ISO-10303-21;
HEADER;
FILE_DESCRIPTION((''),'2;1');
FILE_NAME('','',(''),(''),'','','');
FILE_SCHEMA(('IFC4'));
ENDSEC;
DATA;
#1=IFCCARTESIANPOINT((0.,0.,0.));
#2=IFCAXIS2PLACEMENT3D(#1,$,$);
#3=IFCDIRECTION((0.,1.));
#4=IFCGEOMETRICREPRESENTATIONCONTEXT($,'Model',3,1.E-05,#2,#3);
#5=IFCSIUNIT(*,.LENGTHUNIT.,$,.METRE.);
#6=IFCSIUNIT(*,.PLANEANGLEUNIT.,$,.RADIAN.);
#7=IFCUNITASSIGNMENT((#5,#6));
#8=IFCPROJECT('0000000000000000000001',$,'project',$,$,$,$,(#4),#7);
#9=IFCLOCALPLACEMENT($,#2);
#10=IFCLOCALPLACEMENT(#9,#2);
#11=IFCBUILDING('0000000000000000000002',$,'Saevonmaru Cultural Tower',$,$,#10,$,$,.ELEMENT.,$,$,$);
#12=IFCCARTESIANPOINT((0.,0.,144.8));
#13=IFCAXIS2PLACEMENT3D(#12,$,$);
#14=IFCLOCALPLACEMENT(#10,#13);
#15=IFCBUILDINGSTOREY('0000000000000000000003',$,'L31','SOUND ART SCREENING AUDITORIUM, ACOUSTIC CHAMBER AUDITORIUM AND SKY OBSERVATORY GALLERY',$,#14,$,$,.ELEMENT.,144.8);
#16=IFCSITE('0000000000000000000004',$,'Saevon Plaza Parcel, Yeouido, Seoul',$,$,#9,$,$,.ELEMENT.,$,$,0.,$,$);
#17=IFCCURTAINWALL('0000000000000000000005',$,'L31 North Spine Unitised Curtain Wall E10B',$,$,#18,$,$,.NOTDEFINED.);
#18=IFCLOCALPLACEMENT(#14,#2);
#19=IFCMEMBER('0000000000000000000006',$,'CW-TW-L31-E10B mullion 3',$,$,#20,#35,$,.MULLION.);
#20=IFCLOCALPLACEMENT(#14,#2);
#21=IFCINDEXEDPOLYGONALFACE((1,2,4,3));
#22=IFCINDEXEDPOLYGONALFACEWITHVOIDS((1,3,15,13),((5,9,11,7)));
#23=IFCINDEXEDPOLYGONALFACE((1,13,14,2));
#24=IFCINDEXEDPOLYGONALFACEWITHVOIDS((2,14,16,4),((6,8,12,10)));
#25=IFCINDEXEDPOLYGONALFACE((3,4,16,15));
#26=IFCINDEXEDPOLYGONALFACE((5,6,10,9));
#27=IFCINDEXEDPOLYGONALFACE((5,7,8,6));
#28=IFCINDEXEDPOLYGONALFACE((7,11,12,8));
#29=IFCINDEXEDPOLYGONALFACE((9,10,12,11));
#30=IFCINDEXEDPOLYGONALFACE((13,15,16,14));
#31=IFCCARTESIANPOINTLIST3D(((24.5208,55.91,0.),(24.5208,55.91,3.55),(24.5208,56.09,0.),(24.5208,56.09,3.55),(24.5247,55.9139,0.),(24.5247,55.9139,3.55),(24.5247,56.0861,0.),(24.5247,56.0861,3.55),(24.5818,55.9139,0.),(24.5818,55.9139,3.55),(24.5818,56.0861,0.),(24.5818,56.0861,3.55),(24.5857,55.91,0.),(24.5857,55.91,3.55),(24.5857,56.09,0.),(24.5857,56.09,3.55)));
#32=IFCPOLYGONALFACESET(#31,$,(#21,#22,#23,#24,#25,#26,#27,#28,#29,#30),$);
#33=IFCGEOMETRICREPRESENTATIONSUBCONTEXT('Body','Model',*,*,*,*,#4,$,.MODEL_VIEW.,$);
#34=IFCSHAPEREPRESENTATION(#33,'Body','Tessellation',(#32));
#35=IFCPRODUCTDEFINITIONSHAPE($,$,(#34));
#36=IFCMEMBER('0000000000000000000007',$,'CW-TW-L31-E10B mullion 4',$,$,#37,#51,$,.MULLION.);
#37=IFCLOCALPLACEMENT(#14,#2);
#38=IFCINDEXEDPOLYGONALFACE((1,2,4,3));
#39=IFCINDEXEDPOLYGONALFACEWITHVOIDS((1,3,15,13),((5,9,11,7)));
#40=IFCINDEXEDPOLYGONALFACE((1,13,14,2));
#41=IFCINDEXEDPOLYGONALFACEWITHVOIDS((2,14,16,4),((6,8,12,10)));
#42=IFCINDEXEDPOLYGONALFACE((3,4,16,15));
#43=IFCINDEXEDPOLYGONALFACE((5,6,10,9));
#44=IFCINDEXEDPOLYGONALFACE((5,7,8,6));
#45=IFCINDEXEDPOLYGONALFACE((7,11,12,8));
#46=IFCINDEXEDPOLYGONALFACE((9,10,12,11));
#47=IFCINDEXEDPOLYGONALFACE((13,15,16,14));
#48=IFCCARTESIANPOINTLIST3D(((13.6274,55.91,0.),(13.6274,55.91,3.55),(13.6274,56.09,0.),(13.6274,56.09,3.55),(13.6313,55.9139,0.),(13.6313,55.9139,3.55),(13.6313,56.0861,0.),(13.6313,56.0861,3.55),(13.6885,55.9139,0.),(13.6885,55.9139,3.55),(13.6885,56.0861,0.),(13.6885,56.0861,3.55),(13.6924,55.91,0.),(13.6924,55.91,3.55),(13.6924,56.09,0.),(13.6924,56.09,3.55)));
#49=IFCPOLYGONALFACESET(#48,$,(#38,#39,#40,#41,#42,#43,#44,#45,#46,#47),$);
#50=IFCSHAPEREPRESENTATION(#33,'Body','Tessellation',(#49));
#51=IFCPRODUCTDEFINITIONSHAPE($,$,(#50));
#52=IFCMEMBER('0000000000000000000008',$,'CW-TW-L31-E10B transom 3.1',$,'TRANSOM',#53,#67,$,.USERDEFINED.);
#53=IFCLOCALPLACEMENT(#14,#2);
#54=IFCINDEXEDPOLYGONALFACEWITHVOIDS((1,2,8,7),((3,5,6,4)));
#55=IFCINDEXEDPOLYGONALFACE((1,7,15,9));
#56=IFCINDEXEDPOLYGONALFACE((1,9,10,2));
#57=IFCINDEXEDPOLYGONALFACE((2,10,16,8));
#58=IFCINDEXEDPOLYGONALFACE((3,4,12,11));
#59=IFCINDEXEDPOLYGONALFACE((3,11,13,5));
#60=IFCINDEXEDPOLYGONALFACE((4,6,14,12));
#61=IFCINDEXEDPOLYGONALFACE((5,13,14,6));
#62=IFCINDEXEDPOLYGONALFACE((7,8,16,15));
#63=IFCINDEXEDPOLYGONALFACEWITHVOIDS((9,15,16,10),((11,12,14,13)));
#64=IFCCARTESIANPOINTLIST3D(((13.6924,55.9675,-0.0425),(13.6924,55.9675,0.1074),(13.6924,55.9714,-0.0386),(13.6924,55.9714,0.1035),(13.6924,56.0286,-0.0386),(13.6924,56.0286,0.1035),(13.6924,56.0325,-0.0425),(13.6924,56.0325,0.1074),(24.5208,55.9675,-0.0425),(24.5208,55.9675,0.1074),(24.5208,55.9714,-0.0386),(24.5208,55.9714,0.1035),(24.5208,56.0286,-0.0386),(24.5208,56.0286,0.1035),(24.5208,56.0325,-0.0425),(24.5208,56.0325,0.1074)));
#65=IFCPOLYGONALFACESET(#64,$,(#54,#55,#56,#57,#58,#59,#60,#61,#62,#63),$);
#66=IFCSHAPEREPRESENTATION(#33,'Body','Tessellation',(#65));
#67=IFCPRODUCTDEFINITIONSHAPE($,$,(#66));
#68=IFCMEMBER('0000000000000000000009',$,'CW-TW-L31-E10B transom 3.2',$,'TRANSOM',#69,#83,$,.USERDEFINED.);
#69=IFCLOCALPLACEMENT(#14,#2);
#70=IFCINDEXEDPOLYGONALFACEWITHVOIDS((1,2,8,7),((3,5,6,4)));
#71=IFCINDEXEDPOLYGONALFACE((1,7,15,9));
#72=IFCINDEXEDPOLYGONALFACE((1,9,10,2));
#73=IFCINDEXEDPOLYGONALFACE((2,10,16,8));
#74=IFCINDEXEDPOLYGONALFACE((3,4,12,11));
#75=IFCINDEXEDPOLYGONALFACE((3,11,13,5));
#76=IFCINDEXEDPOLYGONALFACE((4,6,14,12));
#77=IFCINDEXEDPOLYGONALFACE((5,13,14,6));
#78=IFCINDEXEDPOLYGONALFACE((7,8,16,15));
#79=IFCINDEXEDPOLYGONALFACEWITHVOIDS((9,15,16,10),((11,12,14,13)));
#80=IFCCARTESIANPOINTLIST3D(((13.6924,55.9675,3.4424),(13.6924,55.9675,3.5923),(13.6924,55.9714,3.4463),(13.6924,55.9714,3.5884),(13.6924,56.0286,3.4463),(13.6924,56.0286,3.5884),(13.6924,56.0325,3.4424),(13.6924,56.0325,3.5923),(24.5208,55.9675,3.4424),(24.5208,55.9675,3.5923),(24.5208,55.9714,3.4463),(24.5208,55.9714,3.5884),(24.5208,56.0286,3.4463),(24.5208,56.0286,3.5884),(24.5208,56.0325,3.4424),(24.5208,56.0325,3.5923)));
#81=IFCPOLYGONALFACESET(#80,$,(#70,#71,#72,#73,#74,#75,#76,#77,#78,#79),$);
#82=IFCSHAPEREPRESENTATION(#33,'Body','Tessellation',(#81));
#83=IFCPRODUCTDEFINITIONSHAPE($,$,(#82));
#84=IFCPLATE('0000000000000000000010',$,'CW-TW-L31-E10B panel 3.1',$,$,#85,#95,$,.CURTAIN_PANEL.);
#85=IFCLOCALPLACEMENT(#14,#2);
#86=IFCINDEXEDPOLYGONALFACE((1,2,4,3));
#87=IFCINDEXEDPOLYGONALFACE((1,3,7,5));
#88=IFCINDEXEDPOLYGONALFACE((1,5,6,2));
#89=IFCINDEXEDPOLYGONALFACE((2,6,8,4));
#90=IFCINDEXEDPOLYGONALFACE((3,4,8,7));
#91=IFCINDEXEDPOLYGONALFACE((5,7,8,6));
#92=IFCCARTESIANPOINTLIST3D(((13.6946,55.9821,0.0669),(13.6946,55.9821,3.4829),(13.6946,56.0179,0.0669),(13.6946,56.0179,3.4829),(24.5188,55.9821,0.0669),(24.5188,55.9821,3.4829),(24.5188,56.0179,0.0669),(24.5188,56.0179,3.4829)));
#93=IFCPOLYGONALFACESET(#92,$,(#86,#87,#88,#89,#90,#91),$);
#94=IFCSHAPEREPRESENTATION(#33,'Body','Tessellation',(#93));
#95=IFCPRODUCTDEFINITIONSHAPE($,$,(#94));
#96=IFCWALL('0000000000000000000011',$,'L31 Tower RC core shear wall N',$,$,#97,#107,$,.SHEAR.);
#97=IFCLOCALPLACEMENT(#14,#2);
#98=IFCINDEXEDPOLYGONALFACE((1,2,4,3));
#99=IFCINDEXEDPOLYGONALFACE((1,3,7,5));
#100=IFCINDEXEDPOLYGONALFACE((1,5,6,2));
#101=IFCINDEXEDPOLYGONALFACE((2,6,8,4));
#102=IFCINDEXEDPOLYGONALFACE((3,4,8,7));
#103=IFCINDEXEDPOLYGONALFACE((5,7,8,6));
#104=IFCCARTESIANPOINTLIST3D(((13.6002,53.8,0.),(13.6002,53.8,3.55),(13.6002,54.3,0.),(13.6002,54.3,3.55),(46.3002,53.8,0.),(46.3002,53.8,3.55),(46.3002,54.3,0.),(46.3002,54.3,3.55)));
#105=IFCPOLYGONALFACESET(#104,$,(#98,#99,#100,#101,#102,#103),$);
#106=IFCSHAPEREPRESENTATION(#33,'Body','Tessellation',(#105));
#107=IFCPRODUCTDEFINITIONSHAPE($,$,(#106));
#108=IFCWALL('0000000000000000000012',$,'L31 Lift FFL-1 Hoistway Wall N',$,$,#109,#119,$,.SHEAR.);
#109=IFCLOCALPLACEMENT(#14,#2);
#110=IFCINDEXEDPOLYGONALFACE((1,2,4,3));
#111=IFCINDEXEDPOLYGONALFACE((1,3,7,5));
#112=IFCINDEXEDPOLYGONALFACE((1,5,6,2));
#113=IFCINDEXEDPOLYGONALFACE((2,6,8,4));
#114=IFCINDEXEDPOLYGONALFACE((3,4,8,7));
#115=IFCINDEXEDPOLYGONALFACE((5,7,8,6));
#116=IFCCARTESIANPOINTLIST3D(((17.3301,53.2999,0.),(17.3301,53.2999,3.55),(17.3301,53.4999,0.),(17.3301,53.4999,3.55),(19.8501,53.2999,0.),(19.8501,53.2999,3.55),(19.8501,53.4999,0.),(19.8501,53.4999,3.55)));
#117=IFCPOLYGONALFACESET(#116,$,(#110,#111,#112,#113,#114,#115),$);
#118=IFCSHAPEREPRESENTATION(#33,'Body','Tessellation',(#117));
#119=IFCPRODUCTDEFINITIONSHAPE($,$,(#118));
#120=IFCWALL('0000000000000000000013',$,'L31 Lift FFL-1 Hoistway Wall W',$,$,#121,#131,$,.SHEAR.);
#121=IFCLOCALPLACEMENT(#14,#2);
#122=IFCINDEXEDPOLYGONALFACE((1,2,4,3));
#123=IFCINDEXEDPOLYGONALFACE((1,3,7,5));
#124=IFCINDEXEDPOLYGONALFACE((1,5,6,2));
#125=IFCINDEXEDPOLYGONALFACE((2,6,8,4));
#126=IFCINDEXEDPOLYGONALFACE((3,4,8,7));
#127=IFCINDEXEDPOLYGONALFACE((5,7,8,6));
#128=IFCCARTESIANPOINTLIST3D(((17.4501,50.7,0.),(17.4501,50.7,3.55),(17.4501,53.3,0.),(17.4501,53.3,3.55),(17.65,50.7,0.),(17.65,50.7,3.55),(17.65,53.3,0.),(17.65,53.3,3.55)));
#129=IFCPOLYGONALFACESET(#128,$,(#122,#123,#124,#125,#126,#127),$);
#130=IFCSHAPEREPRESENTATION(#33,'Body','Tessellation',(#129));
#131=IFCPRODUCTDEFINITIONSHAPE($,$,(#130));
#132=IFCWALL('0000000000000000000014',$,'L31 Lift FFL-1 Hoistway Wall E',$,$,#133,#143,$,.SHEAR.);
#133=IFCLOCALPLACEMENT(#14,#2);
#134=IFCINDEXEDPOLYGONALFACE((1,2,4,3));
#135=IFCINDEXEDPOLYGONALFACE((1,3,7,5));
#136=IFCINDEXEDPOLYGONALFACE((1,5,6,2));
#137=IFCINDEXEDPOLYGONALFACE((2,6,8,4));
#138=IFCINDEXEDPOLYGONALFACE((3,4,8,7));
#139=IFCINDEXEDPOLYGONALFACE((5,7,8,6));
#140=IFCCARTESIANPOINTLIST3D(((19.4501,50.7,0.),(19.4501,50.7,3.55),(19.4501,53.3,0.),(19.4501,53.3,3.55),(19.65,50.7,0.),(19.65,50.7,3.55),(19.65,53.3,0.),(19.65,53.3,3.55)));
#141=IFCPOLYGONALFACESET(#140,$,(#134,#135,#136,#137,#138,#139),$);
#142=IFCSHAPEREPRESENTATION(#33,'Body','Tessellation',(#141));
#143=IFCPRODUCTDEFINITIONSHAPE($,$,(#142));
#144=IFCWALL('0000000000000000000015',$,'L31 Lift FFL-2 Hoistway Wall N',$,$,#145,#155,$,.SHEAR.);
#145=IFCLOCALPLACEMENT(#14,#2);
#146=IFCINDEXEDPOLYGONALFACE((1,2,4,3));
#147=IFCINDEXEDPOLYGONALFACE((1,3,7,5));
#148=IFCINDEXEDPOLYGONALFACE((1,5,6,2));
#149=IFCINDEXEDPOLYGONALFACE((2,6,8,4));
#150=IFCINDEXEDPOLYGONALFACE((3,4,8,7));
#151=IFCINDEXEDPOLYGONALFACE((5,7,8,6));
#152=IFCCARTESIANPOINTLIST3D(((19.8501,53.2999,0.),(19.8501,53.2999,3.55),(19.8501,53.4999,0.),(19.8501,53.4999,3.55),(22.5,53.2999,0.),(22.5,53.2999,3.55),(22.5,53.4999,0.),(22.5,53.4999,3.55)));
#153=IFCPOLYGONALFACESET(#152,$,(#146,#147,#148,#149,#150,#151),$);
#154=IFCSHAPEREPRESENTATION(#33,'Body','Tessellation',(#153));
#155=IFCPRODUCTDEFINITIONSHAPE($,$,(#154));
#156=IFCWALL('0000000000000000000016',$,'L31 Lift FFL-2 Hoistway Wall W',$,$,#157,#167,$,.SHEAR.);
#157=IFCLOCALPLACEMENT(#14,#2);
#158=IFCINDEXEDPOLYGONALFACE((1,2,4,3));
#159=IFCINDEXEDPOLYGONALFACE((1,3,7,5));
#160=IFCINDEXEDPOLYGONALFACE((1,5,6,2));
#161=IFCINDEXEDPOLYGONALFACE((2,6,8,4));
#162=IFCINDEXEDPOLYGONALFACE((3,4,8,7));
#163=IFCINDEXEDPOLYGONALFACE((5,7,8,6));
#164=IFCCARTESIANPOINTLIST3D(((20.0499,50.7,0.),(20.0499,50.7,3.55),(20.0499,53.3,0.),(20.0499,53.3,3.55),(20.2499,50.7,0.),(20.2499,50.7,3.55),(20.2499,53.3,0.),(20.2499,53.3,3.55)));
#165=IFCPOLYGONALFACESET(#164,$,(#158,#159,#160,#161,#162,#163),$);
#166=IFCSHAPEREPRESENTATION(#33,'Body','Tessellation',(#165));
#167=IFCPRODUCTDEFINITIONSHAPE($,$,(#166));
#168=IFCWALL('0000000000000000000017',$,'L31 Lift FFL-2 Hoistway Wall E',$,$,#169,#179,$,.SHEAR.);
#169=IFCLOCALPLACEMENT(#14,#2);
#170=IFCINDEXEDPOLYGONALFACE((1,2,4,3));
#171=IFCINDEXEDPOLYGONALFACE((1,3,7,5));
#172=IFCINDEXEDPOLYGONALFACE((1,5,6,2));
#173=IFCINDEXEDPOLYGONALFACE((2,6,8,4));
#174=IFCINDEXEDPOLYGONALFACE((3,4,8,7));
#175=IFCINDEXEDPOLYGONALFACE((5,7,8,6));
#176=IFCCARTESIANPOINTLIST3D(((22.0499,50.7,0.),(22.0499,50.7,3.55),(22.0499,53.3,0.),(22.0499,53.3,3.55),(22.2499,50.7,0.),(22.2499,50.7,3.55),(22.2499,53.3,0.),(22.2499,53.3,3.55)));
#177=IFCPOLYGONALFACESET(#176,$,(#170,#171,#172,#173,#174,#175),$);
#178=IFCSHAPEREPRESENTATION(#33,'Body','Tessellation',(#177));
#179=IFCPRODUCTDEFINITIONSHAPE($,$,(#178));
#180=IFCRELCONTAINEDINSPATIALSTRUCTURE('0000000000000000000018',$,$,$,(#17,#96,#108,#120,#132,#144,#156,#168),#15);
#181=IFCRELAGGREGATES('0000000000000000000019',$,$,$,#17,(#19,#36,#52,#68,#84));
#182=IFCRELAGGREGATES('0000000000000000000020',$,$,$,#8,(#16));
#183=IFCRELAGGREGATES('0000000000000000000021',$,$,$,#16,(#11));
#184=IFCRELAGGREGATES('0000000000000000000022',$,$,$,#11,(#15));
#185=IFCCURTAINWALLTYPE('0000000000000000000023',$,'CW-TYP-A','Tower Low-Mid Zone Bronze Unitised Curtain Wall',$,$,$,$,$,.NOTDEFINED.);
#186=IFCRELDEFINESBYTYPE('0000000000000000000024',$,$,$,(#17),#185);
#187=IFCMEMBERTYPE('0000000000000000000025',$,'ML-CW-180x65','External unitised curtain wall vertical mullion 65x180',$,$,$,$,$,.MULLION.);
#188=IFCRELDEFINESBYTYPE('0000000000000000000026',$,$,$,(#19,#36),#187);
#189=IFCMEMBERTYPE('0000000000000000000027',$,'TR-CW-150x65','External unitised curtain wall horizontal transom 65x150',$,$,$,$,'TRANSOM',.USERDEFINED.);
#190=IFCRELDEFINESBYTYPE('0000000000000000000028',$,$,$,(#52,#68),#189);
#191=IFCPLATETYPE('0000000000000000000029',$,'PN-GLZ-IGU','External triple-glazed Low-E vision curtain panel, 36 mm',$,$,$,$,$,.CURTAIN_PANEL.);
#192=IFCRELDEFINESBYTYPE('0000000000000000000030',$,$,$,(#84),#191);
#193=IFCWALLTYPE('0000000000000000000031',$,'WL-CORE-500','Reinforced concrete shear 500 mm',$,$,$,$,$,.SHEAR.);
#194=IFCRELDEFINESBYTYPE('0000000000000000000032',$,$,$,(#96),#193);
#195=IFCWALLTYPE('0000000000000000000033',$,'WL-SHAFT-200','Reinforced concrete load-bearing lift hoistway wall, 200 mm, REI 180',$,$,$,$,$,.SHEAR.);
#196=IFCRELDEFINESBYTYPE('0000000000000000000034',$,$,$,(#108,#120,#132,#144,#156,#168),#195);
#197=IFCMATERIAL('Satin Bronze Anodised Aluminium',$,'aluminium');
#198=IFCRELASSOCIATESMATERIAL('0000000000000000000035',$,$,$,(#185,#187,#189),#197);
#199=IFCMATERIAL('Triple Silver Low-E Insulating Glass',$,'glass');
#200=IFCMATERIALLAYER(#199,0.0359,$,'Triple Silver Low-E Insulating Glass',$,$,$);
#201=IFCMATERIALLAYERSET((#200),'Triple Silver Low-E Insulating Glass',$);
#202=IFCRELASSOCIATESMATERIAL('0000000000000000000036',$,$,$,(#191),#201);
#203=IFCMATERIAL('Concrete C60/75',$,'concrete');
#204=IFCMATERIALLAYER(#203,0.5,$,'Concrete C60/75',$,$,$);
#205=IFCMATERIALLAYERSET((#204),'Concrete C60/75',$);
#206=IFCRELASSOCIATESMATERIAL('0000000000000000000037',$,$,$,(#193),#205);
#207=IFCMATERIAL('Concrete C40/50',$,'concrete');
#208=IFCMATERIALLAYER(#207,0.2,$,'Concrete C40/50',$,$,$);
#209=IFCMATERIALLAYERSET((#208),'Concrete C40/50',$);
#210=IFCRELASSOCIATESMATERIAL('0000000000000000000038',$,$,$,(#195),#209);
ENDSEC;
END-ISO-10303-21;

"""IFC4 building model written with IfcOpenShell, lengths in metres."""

from ifc_helpers import new_model, si_unit, direction, frame, frame_2d, origin, origin_2d, place, context, subcontext, project, spatial, rectangle, hollow_rectangle, extrude, material, layer, layer_set, material_profile, profile_set, type_object, element, aggregate, save


model = new_model("IFC4")

# Units and contexts
model_context = context("Model", 3, precision=1e-05, world=origin(), true_north=direction((0.0, 1.0)))
body_context = subcontext(model_context, "Body", "Model", "MODEL_VIEW")
ifc_project = project(units=[si_unit("LENGTHUNIT", "METRE"), si_unit("PLANEANGLEUNIT", "RADIAN")], contexts=[model_context])

# Site, building, storey
site_placement = place(None, origin())
site = spatial("IfcSite", under=ifc_project, at=site_placement, Name="Saevon Plaza Parcel, Yeouido, Seoul", CompositionType="ELEMENT", RefElevation=0.0)
building_placement = place(site_placement, origin())
building = spatial("IfcBuilding", under=site, at=building_placement, Name="Saevonmaru Cultural Tower", CompositionType="ELEMENT")
storey_placement = place(building_placement, frame((0.0, 0.0, 144.8)))
storey = spatial("IfcBuildingStorey", under=building, at=storey_placement, Name="L31", Description="SOUND ART SCREENING AUDITORIUM, ACOUSTIC CHAMBER AUDITORIUM AND SKY OBSERVATORY GALLERY", CompositionType="ELEMENT", Elevation=144.8)

# Curtain wall, members, plate
ifc_material_1 = material(Name="Satin Bronze Anodised Aluminium", Category="aluminium")
curtain_wall_type = type_object("IfcCurtainWallType", Name="CW-TYP-A", Description="Tower Low-Mid Zone Bronze Unitised Curtain Wall", PredefinedType="NOTDEFINED", material=ifc_material_1)
curtain_wall_placement = place(storey_placement, origin())
curtain_wall = element("IfcCurtainWall", 1, at=curtain_wall_placement, inside=storey, type_object=curtain_wall_type, Name="L31 North Spine Unitised Curtain Wall E10B", PredefinedType="NOTDEFINED")
ifc_material_profile_1 = material_profile(ifc_material_1, hollow_rectangle(XDim=0.0649, YDim=0.1799, WallThickness=0.0039, at=origin_2d()), Name="ALU-MULL-180x65x4")
ifc_profile_set_1 = profile_set([ifc_material_profile_1], Name="Satin Bronze Anodised Aluminium")
member_type_1 = type_object("IfcMemberType", Name="ML-CW-180x65", Description="External unitised curtain wall vertical mullion 65x180", PredefinedType="MULLION", material=ifc_profile_set_1)
member_1_placement = place(storey_placement, frame((24.5532, 56.0, 0.0), z_axis=(0.0, 0.0, 1.0), x_axis=(-1.0, 0.0, 0.0)))
member_1 = element("IfcMember", 2, at=member_1_placement, type_object=member_type_1, Name="CW-TW-L31-E10B mullion 3", PredefinedType="MULLION", context=body_context, shape_type="SweptSolid", body=[
    extrude(hollow_rectangle(XDim=0.0649, YDim=0.1799, WallThickness=0.0039, at=origin_2d()), origin(), (0.0, 0.0, 1.0), 3.55),
])
member_2_placement = place(storey_placement, frame((13.6599, 56.0, 0.0), z_axis=(0.0, 0.0, 1.0), x_axis=(-1.0, 0.0, 0.0)))
member_2 = element("IfcMember", 3, at=member_2_placement, type_object=member_type_1, Name="CW-TW-L31-E10B mullion 4", PredefinedType="MULLION", context=body_context, shape_type="SweptSolid", body=[
    extrude(hollow_rectangle(XDim=0.0649, YDim=0.1799, WallThickness=0.0039, at=origin_2d()), origin(), (0.0, 0.0, 1.0), 3.55),
])
ifc_material_profile_2 = material_profile(ifc_material_1, hollow_rectangle(XDim=0.0649, YDim=0.1499, WallThickness=0.0039, at=origin_2d()), Name="ALU-TRAN-150x65x4")
ifc_profile_set_2 = profile_set([ifc_material_profile_2], Name="Satin Bronze Anodised Aluminium")
member_type_2 = type_object("IfcMemberType", Name="TR-CW-150x65", Description="External unitised curtain wall horizontal transom 65x150", ElementType="TRANSOM", PredefinedType="USERDEFINED", material=ifc_profile_set_2)
member_3_placement = place(storey_placement, frame((24.5208, 56.0, 0.0325), z_axis=(-1.0, 0.0, 0.0), x_axis=(0.0, -1.0, 0.0)))
member_3 = element("IfcMember", 4, at=member_3_placement, type_object=member_type_2, Name="CW-TW-L31-E10B transom 3.1", ObjectType="TRANSOM", PredefinedType="USERDEFINED", context=body_context, shape_type="SweptSolid", body=[
    extrude(hollow_rectangle(XDim=0.0649, YDim=0.1499, WallThickness=0.0039, at=origin_2d()), origin(), (0.0, 0.0, 1.0), 10.8284),
])
member_4_placement = place(storey_placement, frame((24.5208, 56.0, 3.5173), z_axis=(-1.0, 0.0, 0.0), x_axis=(0.0, -1.0, 0.0)))
member_4 = element("IfcMember", 5, at=member_4_placement, type_object=member_type_2, Name="CW-TW-L31-E10B transom 3.2", ObjectType="TRANSOM", PredefinedType="USERDEFINED", context=body_context, shape_type="SweptSolid", body=[
    extrude(hollow_rectangle(XDim=0.0649, YDim=0.1499, WallThickness=0.0039, at=origin_2d()), origin(), (0.0, 0.0, 1.0), 10.8284),
])
ifc_material_2 = material(Name="Triple Silver Low-E Insulating Glass", Category="glass")
ifc_layer_1 = layer(ifc_material_2, 0.0359, Name="Triple Silver Low-E Insulating Glass")
ifc_layer_set_1 = layer_set([ifc_layer_1], Name="Triple Silver Low-E Insulating Glass")
plate_type = type_object("IfcPlateType", Name="PN-GLZ-IGU", Description="External triple-glazed Low-E vision curtain panel, 36 mm", PredefinedType="CURTAIN_PANEL", material=ifc_layer_set_1)
plate_placement = place(storey_placement, frame((19.1067, 56.0, 0.0669), z_axis=(0.0, 0.0, 1.0), x_axis=(-1.0, 0.0, 0.0)))
plate = element("IfcPlate", 6, at=plate_placement, type_object=plate_type, Name="CW-TW-L31-E10B panel 3.1", PredefinedType="CURTAIN_PANEL", context=body_context, shape_type="SweptSolid", body=[
    extrude(rectangle(XDim=10.8242, YDim=0.0359, at=origin_2d()), origin(), (0.0, 0.0, 1.0), 3.416),
])
aggregate(curtain_wall, [member_1, member_2, member_3, member_4, plate])

# Walls
ifc_material_3 = material(Name="Concrete C60/75", Category="concrete")
ifc_layer_2 = layer(ifc_material_3, 0.5, Name="Concrete C60/75")
ifc_layer_set_2 = layer_set([ifc_layer_2], Name="Concrete C60/75")
wall_type_1 = type_object("IfcWallType", Name="WL-CORE-500", Description="Reinforced concrete shear 500 mm", PredefinedType="SHEAR", material=ifc_layer_set_2)
wall_1_placement = place(storey_placement, frame((13.6001, 54.05, 0.0), z_axis=(0.0, 0.0, 1.0), x_axis=(1.0, 0.0, 0.0)))
element("IfcWall", 7, at=wall_1_placement, inside=storey, type_object=wall_type_1, Name="L31 Tower RC core shear wall N", PredefinedType="SHEAR", context=body_context, shape_type="SweptSolid", body=[
    extrude(rectangle(XDim=32.7, YDim=0.5, at=frame_2d((16.3501, 0.0))), origin(), (0.0, 0.0, 1.0), 3.55),
])
ifc_material_4 = material(Name="Concrete C40/50", Category="concrete")
ifc_layer_3 = layer(ifc_material_4, 0.2, Name="Concrete C40/50")
ifc_layer_set_3 = layer_set([ifc_layer_3], Name="Concrete C40/50")
wall_type_2 = type_object("IfcWallType", Name="WL-SHAFT-200", Description="Reinforced concrete load-bearing lift hoistway wall, 200 mm, REI 180", PredefinedType="SHEAR", material=ifc_layer_set_3)
wall_2_placement = place(storey_placement, frame((17.3301, 53.3999, 0.0), z_axis=(0.0, 0.0, 1.0), x_axis=(1.0, 0.0, 0.0)))
element("IfcWall", 8, at=wall_2_placement, inside=storey, type_object=wall_type_2, Name="L31 Lift FFL-1 Hoistway Wall N", PredefinedType="SHEAR", context=body_context, shape_type="SweptSolid", body=[
    extrude(rectangle(XDim=2.52, YDim=0.2, at=frame_2d((1.26, 0.0))), origin(), (0.0, 0.0, 1.0), 3.55),
])
for number, where, z_axis, x_axis, name in (
    (9, (17.55, 50.7, 0.0), (0.0, 0.0, 1.0), (0.0, 1.0, 0.0), "L31 Lift FFL-1 Hoistway Wall W"),
    (10, (19.55, 50.7, 0.0), (0.0, 0.0, 1.0), (0.0, 1.0, 0.0), "L31 Lift FFL-1 Hoistway Wall E"),
):
    element("IfcWall", number, at=place(storey_placement, frame(where, z_axis=z_axis, x_axis=x_axis)), inside=storey, type_object=wall_type_2, Name=name, PredefinedType="SHEAR", context=body_context, shape_type="SweptSolid", body=[
        extrude(rectangle(XDim=2.6001, YDim=0.2, at=frame_2d((1.3, 0.0))), origin(), (0.0, 0.0, 1.0), 3.55),
    ])
wall_3_placement = place(storey_placement, frame((19.8501, 53.3999, 0.0), z_axis=(0.0, 0.0, 1.0), x_axis=(1.0, 0.0, 0.0)))
element("IfcWall", 11, at=wall_3_placement, inside=storey, type_object=wall_type_2, Name="L31 Lift FFL-2 Hoistway Wall N", PredefinedType="SHEAR", context=body_context, shape_type="SweptSolid", body=[
    extrude(rectangle(XDim=2.6499, YDim=0.2, at=frame_2d((1.325, 0.0))), origin(), (0.0, 0.0, 1.0), 3.55),
])
for number, where, z_axis, x_axis, name in (
    (12, (20.1499, 50.7, 0.0), (0.0, 0.0, 1.0), (0.0, 1.0, 0.0), "L31 Lift FFL-2 Hoistway Wall W"),
    (13, (22.1499, 50.7, 0.0), (0.0, 0.0, 1.0), (0.0, 1.0, 0.0), "L31 Lift FFL-2 Hoistway Wall E"),
):
    element("IfcWall", number, at=place(storey_placement, frame(where, z_axis=z_axis, x_axis=x_axis)), inside=storey, type_object=wall_type_2, Name=name, PredefinedType="SHEAR", context=body_context, shape_type="SweptSolid", body=[
        extrude(rectangle(XDim=2.6001, YDim=0.2, at=frame_2d((1.3, 0.0))), origin(), (0.0, 0.0, 1.0), 3.55),
    ])

save(model, "model.ifc")
